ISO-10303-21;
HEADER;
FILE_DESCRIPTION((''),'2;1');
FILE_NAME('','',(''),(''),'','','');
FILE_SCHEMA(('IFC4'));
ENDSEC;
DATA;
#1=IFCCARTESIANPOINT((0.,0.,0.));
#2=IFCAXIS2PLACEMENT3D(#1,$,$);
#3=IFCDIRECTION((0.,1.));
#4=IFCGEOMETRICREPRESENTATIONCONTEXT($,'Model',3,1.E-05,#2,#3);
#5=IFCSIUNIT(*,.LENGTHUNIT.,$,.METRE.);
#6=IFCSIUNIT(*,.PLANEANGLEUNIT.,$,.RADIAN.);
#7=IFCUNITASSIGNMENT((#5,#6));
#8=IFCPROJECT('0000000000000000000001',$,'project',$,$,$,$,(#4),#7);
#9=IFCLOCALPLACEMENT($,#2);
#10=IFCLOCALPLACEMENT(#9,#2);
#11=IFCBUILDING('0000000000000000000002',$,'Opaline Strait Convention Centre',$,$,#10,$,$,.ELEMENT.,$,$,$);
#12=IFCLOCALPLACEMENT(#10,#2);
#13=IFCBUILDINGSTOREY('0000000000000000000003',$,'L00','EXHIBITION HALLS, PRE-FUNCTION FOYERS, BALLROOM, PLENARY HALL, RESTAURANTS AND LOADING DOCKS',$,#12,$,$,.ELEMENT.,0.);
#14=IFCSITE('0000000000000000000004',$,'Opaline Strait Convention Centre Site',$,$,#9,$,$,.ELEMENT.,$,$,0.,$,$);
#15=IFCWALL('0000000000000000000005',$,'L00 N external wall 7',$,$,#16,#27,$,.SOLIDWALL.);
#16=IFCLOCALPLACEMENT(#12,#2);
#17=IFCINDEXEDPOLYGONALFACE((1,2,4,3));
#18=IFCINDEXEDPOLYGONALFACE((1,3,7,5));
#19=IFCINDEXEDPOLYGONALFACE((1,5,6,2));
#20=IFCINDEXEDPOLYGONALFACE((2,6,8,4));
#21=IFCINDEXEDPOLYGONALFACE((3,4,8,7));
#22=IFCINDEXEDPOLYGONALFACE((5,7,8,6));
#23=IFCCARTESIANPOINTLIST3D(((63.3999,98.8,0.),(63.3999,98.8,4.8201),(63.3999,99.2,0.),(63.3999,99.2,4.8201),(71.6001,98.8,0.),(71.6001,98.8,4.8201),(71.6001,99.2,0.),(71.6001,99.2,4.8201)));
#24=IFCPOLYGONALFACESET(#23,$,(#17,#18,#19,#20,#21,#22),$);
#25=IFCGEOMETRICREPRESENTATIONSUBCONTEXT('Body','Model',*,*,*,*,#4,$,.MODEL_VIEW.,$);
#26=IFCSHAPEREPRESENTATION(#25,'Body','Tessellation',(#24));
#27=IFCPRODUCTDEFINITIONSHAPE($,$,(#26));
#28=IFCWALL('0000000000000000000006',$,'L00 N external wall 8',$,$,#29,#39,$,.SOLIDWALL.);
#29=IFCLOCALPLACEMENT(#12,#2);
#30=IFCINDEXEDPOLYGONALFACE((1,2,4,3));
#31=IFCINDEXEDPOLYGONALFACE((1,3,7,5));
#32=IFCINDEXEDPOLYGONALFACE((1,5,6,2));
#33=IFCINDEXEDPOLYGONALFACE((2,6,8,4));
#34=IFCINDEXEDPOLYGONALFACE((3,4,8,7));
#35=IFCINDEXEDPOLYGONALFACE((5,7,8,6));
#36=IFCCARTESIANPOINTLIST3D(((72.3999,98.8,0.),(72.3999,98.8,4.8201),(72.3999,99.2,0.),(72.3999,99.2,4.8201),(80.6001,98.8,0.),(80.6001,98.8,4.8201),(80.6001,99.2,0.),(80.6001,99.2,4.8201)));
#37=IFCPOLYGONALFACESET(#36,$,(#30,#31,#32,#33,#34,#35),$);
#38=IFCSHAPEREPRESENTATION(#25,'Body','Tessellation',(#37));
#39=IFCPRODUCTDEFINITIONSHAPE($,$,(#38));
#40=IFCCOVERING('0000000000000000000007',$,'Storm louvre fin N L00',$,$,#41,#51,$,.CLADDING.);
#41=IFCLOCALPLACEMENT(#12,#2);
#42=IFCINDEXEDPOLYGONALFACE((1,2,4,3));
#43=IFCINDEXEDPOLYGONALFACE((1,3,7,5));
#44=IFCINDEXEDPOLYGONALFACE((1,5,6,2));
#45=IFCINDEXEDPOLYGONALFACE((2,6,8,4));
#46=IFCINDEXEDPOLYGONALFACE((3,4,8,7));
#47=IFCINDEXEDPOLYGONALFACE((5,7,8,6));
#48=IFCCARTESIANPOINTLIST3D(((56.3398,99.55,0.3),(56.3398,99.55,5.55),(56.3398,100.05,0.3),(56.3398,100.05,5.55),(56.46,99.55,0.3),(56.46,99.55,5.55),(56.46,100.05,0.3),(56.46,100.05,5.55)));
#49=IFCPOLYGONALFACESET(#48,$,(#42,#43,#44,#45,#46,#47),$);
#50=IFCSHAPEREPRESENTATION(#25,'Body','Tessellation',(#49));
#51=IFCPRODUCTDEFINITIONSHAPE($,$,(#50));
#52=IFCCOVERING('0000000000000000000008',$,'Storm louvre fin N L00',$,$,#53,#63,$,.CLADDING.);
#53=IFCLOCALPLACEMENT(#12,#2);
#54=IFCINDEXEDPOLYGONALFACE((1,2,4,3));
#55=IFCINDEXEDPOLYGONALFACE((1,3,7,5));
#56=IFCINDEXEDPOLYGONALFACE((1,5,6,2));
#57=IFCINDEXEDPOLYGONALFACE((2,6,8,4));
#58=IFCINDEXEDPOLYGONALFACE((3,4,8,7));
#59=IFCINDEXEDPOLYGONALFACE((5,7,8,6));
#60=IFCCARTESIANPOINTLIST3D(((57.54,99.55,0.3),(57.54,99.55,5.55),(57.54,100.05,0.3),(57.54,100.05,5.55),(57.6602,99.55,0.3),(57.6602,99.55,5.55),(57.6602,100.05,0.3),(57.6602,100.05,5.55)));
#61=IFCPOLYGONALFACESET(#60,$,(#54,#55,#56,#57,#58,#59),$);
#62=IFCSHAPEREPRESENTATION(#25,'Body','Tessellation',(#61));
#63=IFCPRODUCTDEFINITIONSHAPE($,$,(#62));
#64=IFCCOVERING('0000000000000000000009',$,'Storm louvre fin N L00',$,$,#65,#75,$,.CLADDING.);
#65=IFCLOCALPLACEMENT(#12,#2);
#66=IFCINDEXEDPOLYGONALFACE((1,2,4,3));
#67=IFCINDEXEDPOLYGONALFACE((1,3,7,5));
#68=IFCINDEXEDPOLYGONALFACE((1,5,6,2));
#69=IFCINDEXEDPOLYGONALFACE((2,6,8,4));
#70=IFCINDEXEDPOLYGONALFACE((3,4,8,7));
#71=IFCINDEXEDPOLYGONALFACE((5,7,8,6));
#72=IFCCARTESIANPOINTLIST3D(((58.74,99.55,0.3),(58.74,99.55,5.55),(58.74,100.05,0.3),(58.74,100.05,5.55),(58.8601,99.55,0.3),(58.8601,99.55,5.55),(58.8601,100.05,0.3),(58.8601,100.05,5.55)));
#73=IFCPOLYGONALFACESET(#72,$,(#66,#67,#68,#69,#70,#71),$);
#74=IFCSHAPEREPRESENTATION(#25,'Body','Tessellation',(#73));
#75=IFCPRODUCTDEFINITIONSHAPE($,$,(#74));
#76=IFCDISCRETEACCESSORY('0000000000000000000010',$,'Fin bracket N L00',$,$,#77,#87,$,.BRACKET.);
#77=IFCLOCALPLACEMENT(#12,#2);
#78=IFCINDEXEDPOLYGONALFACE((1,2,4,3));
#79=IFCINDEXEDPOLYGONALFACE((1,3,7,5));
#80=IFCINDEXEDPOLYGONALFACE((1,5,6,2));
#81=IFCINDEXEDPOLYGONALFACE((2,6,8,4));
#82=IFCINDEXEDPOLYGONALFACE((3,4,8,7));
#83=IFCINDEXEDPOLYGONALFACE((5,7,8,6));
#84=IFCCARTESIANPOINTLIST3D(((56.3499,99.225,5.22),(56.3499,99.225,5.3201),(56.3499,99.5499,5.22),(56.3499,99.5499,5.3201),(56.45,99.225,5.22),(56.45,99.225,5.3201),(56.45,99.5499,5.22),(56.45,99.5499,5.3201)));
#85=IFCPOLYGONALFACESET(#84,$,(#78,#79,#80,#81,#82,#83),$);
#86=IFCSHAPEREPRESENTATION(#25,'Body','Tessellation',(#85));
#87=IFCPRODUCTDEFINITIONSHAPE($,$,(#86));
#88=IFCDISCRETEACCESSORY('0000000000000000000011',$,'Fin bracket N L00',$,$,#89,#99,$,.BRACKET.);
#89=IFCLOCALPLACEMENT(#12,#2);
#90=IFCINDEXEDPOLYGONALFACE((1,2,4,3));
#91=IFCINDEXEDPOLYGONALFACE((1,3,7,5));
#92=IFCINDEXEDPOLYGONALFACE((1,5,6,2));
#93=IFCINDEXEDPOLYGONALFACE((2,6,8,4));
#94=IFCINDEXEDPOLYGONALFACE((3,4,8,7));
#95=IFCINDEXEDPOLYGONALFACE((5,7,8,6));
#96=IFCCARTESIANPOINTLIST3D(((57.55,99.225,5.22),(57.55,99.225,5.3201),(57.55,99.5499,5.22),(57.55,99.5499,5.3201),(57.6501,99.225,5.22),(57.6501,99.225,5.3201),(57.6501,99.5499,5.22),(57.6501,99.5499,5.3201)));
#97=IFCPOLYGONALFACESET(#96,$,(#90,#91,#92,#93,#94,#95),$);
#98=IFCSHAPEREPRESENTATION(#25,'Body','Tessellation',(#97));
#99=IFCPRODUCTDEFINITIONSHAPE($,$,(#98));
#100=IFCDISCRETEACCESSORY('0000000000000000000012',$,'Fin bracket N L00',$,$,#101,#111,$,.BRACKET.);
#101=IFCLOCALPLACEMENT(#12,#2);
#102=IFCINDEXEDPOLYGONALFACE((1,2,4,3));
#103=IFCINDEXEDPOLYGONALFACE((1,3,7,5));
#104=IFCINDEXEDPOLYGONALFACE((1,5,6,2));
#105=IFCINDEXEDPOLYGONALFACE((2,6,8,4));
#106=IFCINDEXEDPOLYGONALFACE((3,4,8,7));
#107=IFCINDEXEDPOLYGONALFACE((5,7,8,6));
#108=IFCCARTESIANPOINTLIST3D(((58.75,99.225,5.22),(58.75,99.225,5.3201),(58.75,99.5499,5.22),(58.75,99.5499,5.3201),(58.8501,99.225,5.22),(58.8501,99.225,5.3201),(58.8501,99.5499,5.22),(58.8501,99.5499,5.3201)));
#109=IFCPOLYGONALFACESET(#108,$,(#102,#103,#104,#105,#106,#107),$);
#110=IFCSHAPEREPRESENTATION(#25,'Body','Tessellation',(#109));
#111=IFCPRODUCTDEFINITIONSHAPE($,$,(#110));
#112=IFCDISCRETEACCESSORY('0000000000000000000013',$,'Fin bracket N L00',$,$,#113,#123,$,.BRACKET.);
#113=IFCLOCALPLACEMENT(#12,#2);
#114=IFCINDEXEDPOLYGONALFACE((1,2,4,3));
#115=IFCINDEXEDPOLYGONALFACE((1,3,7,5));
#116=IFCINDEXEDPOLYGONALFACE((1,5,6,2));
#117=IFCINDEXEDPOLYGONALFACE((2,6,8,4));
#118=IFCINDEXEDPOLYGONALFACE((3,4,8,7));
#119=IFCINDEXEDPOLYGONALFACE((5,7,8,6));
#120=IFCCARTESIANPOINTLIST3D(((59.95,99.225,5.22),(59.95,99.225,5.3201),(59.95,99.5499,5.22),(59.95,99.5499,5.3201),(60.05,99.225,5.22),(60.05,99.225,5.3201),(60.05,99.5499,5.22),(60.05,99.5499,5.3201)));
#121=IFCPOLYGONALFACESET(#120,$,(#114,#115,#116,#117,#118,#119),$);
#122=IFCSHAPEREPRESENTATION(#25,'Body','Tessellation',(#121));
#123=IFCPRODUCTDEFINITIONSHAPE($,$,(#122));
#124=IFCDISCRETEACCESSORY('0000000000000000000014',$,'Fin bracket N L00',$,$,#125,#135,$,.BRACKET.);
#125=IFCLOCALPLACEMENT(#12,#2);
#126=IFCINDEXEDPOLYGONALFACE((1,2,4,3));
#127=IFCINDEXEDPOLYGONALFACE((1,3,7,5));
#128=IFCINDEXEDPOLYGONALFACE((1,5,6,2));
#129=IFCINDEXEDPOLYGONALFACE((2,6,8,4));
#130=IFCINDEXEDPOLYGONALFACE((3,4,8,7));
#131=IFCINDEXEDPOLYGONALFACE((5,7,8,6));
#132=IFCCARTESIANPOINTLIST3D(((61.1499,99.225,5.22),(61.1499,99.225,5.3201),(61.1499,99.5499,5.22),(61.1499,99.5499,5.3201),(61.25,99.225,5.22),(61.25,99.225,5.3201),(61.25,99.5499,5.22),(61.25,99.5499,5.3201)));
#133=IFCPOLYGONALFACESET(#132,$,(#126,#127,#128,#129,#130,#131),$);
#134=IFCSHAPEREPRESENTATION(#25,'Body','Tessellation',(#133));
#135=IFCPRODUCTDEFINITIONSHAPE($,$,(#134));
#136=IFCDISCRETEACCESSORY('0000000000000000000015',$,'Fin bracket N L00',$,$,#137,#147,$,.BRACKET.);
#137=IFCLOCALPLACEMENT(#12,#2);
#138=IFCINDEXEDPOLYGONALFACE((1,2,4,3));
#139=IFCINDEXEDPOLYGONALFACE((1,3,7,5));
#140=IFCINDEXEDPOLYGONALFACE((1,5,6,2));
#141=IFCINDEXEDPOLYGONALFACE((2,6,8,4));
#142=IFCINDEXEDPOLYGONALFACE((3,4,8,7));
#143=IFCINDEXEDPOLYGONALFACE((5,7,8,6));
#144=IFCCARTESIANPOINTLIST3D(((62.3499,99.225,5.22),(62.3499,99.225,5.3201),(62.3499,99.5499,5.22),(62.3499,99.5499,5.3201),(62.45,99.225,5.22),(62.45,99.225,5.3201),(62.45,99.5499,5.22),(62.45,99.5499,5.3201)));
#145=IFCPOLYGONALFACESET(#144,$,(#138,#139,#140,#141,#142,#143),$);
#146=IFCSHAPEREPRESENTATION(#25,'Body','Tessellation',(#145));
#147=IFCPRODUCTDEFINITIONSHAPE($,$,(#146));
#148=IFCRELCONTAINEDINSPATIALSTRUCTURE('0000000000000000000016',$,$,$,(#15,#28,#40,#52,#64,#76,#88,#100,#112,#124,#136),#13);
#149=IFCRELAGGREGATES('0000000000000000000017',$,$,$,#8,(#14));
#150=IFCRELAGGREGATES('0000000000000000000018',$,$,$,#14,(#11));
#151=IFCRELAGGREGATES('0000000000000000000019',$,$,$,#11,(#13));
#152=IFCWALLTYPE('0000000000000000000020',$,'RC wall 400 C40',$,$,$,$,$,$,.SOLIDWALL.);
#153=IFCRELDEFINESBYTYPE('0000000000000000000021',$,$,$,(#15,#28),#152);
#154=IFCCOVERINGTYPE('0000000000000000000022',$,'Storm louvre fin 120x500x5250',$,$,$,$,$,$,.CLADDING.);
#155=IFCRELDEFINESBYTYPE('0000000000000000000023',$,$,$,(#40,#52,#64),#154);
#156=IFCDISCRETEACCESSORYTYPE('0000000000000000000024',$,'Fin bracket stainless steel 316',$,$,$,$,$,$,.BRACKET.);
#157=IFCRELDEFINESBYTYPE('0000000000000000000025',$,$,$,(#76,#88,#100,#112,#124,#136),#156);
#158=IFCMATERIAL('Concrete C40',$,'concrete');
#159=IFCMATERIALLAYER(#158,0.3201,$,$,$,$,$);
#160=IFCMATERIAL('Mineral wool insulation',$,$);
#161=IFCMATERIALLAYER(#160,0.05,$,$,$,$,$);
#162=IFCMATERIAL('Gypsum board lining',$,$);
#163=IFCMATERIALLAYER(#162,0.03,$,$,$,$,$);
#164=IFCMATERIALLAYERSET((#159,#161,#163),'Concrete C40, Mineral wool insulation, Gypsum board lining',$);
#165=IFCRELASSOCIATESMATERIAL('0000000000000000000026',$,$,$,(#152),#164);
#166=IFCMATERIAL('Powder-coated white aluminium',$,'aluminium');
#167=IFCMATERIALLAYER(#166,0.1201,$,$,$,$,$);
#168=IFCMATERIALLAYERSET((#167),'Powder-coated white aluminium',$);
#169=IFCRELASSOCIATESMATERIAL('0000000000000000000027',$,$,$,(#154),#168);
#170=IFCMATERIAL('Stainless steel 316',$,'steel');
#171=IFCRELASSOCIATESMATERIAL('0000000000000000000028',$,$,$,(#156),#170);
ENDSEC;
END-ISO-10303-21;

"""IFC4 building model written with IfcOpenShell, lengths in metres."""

from ifc_helpers import new_model, si_unit, direction, frame, frame_2d, origin, origin_2d, place, context, subcontext, project, spatial, rectangle, extrude, material, layer, layer_set, type_object, element, save


model = new_model("IFC4")

# Units and contexts
model_context = context("Model", 3, precision=1e-05, world=origin(), true_north=direction((0.0, 1.0)))
body_context = subcontext(model_context, "Body", "Model", "MODEL_VIEW")
ifc_project = project(units=[si_unit("LENGTHUNIT", "METRE"), si_unit("PLANEANGLEUNIT", "RADIAN")], contexts=[model_context])

# Site, building, storey
site_placement = place(None, origin())
site = spatial("IfcSite", under=ifc_project, at=site_placement, Name="Opaline Strait Convention Centre Site", CompositionType="ELEMENT", RefElevation=0.0)
building_placement = place(site_placement, origin())
building = spatial("IfcBuilding", under=site, at=building_placement, Name="Opaline Strait Convention Centre", CompositionType="ELEMENT")
storey_placement = place(building_placement, origin())
storey = spatial("IfcBuildingStorey", under=building, at=storey_placement, Name="L00", Description="EXHIBITION HALLS, PRE-FUNCTION FOYERS, BALLROOM, PLENARY HALL, RESTAURANTS AND LOADING DOCKS", CompositionType="ELEMENT", Elevation=0.0)

# Shared definitions
ifc_material_1 = material(Name="Concrete C40", Category="concrete")

# Walls
ifc_layer_1 = layer(ifc_material_1, 0.3201)
ifc_material_2 = material(Name="Mineral wool insulation")
ifc_layer_2 = layer(ifc_material_2, 0.05)
ifc_material_3 = material(Name="Gypsum board lining")
ifc_layer_3 = layer(ifc_material_3, 0.03)
ifc_layer_set_1 = layer_set([ifc_layer_1, ifc_layer_2, ifc_layer_3], Name="Concrete C40, Mineral wool insulation, Gypsum board lining")
wall_type = type_object("IfcWallType", Name="RC wall 400 C40", PredefinedType="SOLIDWALL", material=ifc_layer_set_1)
for number, where, z_axis, x_axis, name in (
    (1, (63.3999, 99.0, 0.0), (0.0, 0.0, 1.0), (1.0, 0.0, 0.0), "L00 N external wall 7"),
    (2, (72.3999, 99.0, 0.0), (0.0, 0.0, 1.0), (1.0, 0.0, 0.0), "L00 N external wall 8"),
):
    element("IfcWall", number, at=place(storey_placement, frame(where, z_axis=z_axis, x_axis=x_axis)), inside=storey, type_object=wall_type, Name=name, PredefinedType="SOLIDWALL", context=body_context, shape_type="SweptSolid", body=[
        extrude(rectangle(XDim=8.2002, YDim=0.3999, at=frame_2d((4.1001, 0.0))), origin(), (0.0, 0.0, 1.0), 4.8201),
    ])

# Coverings
ifc_material_4 = material(Name="Powder-coated white aluminium", Category="aluminium")
ifc_layer_4 = layer(ifc_material_4, 0.1201)
ifc_layer_set_2 = layer_set([ifc_layer_4], Name="Powder-coated white aluminium")
covering_type = type_object("IfcCoveringType", Name="Storm louvre fin 120x500x5250", PredefinedType="CLADDING", material=ifc_layer_set_2)
for number, where, z_axis, x_axis, name in (
    (3, (56.3999, 99.8, 0.3), (0.0, 0.0, 1.0), (1.0, 0.0, 0.0), "Storm louvre fin N L00"),
    (4, (57.6001, 99.8, 0.3), (0.0, 0.0, 1.0), (1.0, 0.0, 0.0), "Storm louvre fin N L00"),
    (5, (58.8, 99.8, 0.3), (0.0, 0.0, 1.0), (1.0, 0.0, 0.0), "Storm louvre fin N L00"),
):
    element("IfcCovering", number, at=place(storey_placement, frame(where, z_axis=z_axis, x_axis=x_axis)), inside=storey, type_object=covering_type, Name=name, PredefinedType="CLADDING", context=body_context, shape_type="SweptSolid", body=[
        extrude(rectangle(XDim=0.1201, YDim=0.5, at=origin_2d()), origin(), (0.0, 0.0, 1.0), 5.25),
    ])

# Discrete accessories
ifc_material_5 = material(Name="Stainless steel 316", Category="steel")
discrete_accessory_type = type_object("IfcDiscreteAccessoryType", Name="Fin bracket stainless steel 316", PredefinedType="BRACKET", material=ifc_material_5)
for number, where, z_axis, x_axis, name in (
    (6, (56.3999, 99.3875, 5.22), (0.0, 0.0, 1.0), (1.0, 0.0, 0.0), "Fin bracket N L00"),
    (7, (57.6001, 99.3875, 5.22), (0.0, 0.0, 1.0), (1.0, 0.0, 0.0), "Fin bracket N L00"),
    (8, (58.8, 99.3875, 5.22), (0.0, 0.0, 1.0), (1.0, 0.0, 0.0), "Fin bracket N L00"),
    (9, (60.0, 99.3875, 5.22), (0.0, 0.0, 1.0), (1.0, 0.0, 0.0), "Fin bracket N L00"),
    (10, (61.2, 99.3875, 5.22), (0.0, 0.0, 1.0), (1.0, 0.0, 0.0), "Fin bracket N L00"),
    (11, (62.3999, 99.3875, 5.22), (0.0, 0.0, 1.0), (1.0, 0.0, 0.0), "Fin bracket N L00"),
):
    element("IfcDiscreteAccessory", number, at=place(storey_placement, frame(where, z_axis=z_axis, x_axis=x_axis)), inside=storey, type_object=discrete_accessory_type, Name=name, PredefinedType="BRACKET", context=body_context, shape_type="SweptSolid", body=[
        extrude(rectangle(XDim=0.1001, YDim=0.325, at=origin_2d()), origin(), (0.0, 0.0, 1.0), 0.1001),
    ])

save(model, "model.ifc")
